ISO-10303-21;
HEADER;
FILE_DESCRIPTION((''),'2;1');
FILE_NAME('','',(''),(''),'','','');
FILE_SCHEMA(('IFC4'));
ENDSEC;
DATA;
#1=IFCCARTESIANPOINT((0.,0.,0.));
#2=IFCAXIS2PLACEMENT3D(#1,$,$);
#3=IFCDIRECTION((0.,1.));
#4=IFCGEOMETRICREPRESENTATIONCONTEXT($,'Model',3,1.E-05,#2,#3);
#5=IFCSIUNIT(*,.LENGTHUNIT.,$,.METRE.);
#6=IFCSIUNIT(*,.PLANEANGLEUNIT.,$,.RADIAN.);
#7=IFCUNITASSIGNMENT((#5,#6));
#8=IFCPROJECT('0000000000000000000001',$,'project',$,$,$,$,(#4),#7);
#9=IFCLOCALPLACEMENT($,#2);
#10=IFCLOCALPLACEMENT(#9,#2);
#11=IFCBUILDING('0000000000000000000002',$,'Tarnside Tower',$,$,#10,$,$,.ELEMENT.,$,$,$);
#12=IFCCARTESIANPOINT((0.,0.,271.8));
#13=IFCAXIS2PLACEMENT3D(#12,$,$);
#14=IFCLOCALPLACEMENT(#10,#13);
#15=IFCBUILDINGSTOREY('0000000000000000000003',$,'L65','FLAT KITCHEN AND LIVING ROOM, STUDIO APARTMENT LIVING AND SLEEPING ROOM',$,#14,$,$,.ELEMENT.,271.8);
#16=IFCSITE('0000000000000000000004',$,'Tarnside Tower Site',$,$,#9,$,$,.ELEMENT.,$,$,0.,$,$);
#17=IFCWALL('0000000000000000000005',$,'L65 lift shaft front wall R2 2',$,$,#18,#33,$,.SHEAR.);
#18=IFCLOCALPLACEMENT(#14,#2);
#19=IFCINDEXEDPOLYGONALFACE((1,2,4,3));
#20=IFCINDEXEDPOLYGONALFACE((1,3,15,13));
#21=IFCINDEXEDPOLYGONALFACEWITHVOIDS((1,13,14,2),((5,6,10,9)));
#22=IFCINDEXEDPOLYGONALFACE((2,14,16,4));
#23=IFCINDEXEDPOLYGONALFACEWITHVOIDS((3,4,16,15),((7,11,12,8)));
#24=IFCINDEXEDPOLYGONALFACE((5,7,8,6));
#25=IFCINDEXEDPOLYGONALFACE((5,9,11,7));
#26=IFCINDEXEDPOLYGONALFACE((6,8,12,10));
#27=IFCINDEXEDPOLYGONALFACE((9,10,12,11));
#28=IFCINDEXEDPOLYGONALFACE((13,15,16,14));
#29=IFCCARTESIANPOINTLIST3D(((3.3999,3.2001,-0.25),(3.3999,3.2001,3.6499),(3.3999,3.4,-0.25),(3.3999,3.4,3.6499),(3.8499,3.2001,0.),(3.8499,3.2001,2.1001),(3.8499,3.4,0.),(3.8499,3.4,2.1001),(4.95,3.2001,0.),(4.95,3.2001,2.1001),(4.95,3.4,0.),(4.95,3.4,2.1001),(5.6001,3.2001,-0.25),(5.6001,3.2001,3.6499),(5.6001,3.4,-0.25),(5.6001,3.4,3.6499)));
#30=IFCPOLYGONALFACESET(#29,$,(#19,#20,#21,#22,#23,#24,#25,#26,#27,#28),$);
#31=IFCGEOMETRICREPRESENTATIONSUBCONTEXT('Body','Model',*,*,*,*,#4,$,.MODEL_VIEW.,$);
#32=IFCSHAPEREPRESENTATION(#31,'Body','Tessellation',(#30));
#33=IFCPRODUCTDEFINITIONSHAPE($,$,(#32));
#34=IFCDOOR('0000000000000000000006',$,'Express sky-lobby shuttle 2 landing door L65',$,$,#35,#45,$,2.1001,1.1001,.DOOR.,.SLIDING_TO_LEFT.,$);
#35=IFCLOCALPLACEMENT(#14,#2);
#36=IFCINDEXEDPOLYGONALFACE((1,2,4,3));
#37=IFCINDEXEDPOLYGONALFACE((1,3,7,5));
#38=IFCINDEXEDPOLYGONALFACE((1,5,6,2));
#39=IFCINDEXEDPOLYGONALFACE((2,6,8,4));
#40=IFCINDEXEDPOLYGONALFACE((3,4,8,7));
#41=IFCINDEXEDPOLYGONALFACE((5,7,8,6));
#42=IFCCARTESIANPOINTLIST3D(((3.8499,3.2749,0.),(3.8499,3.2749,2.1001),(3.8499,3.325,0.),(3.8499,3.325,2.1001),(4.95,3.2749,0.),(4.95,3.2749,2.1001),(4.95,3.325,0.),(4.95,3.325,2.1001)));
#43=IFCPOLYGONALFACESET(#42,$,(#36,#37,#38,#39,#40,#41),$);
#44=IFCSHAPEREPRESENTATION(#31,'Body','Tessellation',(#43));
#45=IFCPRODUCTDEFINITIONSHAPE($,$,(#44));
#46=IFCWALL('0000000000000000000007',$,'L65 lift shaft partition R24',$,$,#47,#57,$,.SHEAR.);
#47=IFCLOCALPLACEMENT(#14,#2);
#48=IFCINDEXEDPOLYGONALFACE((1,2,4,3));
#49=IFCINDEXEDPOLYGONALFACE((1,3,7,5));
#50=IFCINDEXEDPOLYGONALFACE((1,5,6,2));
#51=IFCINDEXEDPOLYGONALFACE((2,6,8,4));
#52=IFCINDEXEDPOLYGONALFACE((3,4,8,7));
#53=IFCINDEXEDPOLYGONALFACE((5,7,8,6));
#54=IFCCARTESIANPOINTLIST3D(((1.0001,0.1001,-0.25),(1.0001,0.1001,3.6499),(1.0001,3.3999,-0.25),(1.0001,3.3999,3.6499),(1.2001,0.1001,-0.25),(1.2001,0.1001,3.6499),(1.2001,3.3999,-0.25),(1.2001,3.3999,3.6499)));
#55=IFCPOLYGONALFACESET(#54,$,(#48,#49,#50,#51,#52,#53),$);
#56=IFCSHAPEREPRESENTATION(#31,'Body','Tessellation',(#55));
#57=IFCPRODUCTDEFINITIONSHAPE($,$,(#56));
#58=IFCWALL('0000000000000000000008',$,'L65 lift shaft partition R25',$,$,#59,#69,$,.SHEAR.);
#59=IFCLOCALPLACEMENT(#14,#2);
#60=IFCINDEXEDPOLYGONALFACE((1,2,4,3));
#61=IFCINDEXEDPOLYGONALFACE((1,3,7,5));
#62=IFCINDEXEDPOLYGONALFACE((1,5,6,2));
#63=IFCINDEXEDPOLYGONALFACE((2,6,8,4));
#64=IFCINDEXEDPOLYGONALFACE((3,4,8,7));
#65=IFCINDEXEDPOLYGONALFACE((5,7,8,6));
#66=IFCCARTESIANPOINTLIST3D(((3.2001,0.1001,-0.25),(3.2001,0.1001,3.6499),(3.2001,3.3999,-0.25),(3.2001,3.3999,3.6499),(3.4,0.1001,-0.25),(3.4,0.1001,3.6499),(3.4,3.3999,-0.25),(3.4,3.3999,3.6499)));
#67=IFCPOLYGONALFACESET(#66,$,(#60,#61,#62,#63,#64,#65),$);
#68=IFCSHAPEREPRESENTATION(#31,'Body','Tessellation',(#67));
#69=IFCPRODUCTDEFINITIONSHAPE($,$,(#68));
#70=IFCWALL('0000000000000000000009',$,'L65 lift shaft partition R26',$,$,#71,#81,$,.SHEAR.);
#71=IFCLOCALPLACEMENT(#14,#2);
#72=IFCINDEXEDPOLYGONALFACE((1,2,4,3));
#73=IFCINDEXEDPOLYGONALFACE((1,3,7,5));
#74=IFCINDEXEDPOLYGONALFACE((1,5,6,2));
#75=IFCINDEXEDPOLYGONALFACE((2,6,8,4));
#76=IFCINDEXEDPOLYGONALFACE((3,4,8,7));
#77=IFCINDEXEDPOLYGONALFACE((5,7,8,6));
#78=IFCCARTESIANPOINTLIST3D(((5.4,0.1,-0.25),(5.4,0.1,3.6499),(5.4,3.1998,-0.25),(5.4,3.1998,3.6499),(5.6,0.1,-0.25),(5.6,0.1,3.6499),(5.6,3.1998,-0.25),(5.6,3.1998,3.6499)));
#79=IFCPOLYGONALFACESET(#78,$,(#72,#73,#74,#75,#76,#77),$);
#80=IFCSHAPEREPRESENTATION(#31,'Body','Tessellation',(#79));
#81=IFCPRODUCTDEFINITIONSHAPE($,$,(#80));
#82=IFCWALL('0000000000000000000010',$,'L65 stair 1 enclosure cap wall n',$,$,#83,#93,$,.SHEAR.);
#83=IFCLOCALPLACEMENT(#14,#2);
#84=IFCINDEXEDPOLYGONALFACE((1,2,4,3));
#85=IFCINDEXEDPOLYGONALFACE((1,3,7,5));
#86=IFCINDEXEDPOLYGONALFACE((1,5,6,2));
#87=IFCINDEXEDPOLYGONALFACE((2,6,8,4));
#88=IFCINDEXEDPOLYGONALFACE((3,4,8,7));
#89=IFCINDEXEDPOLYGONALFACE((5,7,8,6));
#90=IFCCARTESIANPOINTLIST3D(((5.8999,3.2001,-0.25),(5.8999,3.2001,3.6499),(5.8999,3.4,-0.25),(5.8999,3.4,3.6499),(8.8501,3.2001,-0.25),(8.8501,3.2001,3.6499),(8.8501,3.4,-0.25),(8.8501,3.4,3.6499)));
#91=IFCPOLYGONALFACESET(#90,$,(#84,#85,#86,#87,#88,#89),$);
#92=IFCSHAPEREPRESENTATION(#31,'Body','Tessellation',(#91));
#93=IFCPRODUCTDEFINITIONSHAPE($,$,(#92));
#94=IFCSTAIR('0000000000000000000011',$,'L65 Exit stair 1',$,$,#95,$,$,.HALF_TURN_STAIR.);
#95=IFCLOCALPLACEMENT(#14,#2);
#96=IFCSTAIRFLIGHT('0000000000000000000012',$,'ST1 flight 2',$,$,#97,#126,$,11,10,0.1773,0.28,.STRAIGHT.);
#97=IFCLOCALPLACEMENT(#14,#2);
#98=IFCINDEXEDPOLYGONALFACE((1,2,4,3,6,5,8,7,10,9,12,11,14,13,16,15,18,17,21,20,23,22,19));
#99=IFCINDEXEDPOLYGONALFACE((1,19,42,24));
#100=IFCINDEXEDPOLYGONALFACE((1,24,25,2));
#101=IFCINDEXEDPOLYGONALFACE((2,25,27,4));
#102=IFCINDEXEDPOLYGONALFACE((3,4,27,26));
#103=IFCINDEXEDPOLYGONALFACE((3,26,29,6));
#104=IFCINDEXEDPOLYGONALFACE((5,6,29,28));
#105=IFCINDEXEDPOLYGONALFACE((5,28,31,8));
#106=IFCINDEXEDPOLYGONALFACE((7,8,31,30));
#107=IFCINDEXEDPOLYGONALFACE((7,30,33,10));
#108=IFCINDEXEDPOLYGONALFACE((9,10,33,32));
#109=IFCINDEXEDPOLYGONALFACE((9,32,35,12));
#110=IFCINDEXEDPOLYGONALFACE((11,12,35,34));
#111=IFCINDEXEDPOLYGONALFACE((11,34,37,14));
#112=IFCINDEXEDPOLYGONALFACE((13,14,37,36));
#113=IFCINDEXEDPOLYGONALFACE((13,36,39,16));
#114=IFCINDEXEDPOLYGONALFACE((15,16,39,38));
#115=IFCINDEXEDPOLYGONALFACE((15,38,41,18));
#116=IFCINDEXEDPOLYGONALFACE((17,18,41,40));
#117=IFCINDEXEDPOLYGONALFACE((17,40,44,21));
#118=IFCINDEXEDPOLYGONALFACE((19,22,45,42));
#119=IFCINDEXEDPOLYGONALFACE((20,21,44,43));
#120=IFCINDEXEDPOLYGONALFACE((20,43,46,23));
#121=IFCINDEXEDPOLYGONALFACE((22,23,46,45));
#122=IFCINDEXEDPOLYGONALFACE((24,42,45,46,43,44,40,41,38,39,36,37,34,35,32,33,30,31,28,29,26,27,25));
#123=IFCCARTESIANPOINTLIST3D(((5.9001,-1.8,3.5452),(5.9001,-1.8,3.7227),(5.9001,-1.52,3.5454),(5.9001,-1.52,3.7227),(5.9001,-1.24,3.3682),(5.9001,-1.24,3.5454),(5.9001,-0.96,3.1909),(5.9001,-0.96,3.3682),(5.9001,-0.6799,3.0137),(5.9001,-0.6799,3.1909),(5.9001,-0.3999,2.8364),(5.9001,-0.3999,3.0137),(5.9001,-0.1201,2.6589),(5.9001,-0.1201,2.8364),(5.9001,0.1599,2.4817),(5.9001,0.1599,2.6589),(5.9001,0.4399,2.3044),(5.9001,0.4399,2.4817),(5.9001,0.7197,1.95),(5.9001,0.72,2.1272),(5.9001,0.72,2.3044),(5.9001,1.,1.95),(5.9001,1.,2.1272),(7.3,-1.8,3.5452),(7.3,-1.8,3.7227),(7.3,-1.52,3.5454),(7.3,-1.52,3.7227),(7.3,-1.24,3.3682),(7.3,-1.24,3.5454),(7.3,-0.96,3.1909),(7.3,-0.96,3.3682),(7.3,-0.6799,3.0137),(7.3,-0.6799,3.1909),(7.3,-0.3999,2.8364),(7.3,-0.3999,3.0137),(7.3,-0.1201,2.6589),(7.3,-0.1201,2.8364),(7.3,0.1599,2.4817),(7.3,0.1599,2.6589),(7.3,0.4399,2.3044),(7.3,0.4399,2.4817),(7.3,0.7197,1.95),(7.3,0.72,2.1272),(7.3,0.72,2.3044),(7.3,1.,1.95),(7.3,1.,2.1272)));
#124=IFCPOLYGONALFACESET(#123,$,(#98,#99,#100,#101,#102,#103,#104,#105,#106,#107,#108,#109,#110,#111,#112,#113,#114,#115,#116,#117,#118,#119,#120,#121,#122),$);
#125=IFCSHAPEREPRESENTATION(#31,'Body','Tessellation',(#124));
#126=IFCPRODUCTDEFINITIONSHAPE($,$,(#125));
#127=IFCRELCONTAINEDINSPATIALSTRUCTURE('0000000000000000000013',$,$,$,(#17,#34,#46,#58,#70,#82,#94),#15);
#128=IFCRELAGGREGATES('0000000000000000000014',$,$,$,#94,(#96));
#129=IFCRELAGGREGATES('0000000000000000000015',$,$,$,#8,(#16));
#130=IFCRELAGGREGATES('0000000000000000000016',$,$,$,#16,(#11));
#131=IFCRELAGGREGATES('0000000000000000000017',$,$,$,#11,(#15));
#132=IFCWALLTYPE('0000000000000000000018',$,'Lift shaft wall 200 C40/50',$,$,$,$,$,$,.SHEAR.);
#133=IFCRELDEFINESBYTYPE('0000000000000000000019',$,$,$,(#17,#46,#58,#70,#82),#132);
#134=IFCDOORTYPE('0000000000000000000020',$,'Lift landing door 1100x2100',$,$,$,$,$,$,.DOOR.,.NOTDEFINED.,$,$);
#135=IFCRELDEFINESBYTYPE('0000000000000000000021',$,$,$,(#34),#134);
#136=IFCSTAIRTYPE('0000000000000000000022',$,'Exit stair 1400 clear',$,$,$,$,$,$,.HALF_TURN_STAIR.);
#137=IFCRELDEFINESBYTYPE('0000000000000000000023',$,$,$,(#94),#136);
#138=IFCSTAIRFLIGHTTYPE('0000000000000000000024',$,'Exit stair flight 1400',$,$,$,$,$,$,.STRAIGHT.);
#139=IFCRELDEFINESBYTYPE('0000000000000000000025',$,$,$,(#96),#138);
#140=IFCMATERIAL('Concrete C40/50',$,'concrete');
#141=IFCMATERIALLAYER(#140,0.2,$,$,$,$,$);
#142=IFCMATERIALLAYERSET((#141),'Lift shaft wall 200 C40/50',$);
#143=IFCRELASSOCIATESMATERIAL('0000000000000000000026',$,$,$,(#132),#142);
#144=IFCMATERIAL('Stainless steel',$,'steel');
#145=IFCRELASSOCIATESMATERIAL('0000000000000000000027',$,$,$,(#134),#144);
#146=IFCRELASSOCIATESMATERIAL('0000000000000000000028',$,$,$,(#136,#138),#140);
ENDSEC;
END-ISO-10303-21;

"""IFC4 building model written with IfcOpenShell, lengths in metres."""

from ifc_helpers import new_model, si_unit, direction, frame, frame_2d, origin, place, context, subcontext, project, spatial, polyline, rectangle, outline, extrude, material, layer, layer_set, type_object, element, fill, aggregate, save


model = new_model("IFC4")

# Units and contexts
model_context = context("Model", 3, precision=1e-05, world=origin(), true_north=direction((0.0, 1.0)))
body_context = subcontext(model_context, "Body", "Model", "MODEL_VIEW")
ifc_project = project(units=[si_unit("LENGTHUNIT", "METRE"), si_unit("PLANEANGLEUNIT", "RADIAN")], contexts=[model_context])

# Site, building, storey
site_placement = place(None, origin())
site = spatial("IfcSite", under=ifc_project, at=site_placement, Name="Tarnside Tower Site", CompositionType="ELEMENT", RefElevation=0.0)
building_placement = place(site_placement, origin())
building = spatial("IfcBuilding", under=site, at=building_placement, Name="Tarnside Tower", CompositionType="ELEMENT")
storey_placement = place(building_placement, frame((0.0, 0.0, 271.8)))
storey = spatial("IfcBuildingStorey", under=building, at=storey_placement, Name="L65", Description="FLAT KITCHEN AND LIVING ROOM, STUDIO APARTMENT LIVING AND SLEEPING ROOM", CompositionType="ELEMENT", Elevation=271.8)

# Shared definitions
ifc_material_1 = material(Name="Concrete C40/50", Category="concrete")

# Shared definitions
ifc_layer_1 = layer(ifc_material_1, 0.2)
ifc_layer_set_1 = layer_set([ifc_layer_1], Name="Lift shaft wall 200 C40/50")
wall_type_1 = type_object("IfcWallType", Name="Lift shaft wall 200 C40/50", PredefinedType="SHEAR", material=ifc_layer_set_1)

# Wall, opening, door
wall_1_placement = place(storey_placement, frame((3.3999, 3.3, -0.25), z_axis=(0.0, 0.0, 1.0), x_axis=(1.0, 0.0, 0.0)))
wall_1 = element("IfcWall", 1, at=wall_1_placement, inside=storey, type_object=wall_type_1, Name="L65 lift shaft front wall R2 2", PredefinedType="SHEAR", context=body_context, shape_type="SweptSolid", body=[
    extrude(rectangle(XDim=2.2002, YDim=0.2, at=frame_2d((1.1001, 0.0))), origin(), (0.0, 0.0, 1.0), 3.8999),
])
opening_1_placement = place(wall_1_placement, frame((0.45, 0.0, 0.25)))
opening_1 = element("IfcOpeningElement", 2, at=opening_1_placement, cuts=wall_1, PredefinedType="OPENING", context=body_context, shape_type="SweptSolid", body=[
    extrude(rectangle(XDim=1.1001, YDim=2.1001, at=frame_2d((0.55, 1.05))), frame((0.0, 0.1099, 0.0), z_axis=(0.0, -1.0, 0.0), x_axis=(1.0, 0.0, 0.0)), (0.0, 0.0, 1.0), 0.22),
])
ifc_material_2 = material(Name="Stainless steel", Category="steel")
door_type_1 = type_object("IfcDoorType", Name="Lift landing door 1100x2100", OperationType="NOTDEFINED", PredefinedType="DOOR", material=ifc_material_2)
door_1_placement = place(opening_1_placement, origin())
door_1 = element("IfcDoor", 3, at=door_1_placement, inside=storey, type_object=door_type_1, Name="Express sky-lobby shuttle 2 landing door L65", OperationType="SLIDING_TO_LEFT", OverallHeight=2.1001, OverallWidth=1.1001, PredefinedType="DOOR", context=body_context, shape_type="SweptSolid", body=[
    extrude(rectangle(XDim=1.1001, YDim=2.1001, at=frame_2d((0.55, 1.05))), frame((0.0, 0.0249, 0.0), z_axis=(0.0, -1.0, 0.0), x_axis=(1.0, 0.0, 0.0)), (0.0, 0.0, 1.0), 0.05),
])
fill(opening_1, door_1)

# Walls
for number, where, z_axis, x_axis, name in (
    (4, (1.1001, 0.1001, -0.25), (0.0, 0.0, 1.0), (0.0, 1.0, 0.0), "L65 lift shaft partition R24"),
    (5, (3.3, 0.1001, -0.25), (0.0, 0.0, 1.0), (0.0, 1.0, 0.0), "L65 lift shaft partition R25"),
):
    element("IfcWall", number, at=place(storey_placement, frame(where, z_axis=z_axis, x_axis=x_axis)), inside=storey, type_object=wall_type_1, Name=name, PredefinedType="SHEAR", context=body_context, shape_type="SweptSolid", body=[
        extrude(rectangle(XDim=3.2998, YDim=0.2, at=frame_2d((1.6499, 0.0))), origin(), (0.0, 0.0, 1.0), 3.8999),
    ])
wall_2_placement = place(storey_placement, frame((5.5, 0.1001, -0.25), z_axis=(0.0, 0.0, 1.0), x_axis=(0.0, 1.0, 0.0)))
element("IfcWall", 6, at=wall_2_placement, inside=storey, type_object=wall_type_1, Name="L65 lift shaft partition R26", PredefinedType="SHEAR", context=body_context, shape_type="SweptSolid", body=[
    extrude(rectangle(XDim=3.0999, YDim=0.2, at=frame_2d((1.5498, 0.0))), origin(), (0.0, 0.0, 1.0), 3.8999),
])
wall_3_placement = place(storey_placement, frame((5.8999, 3.3, -0.25), z_axis=(0.0, 0.0, 1.0), x_axis=(1.0, 0.0, 0.0)))
element("IfcWall", 7, at=wall_3_placement, inside=storey, type_object=wall_type_1, Name="L65 stair 1 enclosure cap wall n", PredefinedType="SHEAR", context=body_context, shape_type="SweptSolid", body=[
    extrude(rectangle(XDim=2.9502, YDim=0.2, at=frame_2d((1.4751, 0.0))), origin(), (0.0, 0.0, 1.0), 3.8999),
])

# Stair, stair flight
stair_type = type_object("IfcStairType", Name="Exit stair 1400 clear", PredefinedType="HALF_TURN_STAIR", material=ifc_material_1)
stair_placement = place(storey_placement, origin())
stair = element("IfcStair", 8, at=stair_placement, inside=storey, type_object=stair_type, Name="L65 Exit stair 1", PredefinedType="HALF_TURN_STAIR")
stair_flight_type = type_object("IfcStairFlightType", Name="Exit stair flight 1400", PredefinedType="STRAIGHT", material=ifc_material_1)
stair_flight_placement = place(storey_placement, frame((6.6001, 1.0, 1.95), z_axis=(0.0, 0.0, 1.0), x_axis=(0.0, -1.0, 0.0)))
stair_flight = element("IfcStairFlight", 9, at=stair_flight_placement, type_object=stair_flight_type, Name="ST1 flight 2", NumberOfRisers=11, NumberOfTreads=10, PredefinedType="STRAIGHT", RiserHeight=0.1773, TreadLength=0.28, context=body_context, shape_type="SweptSolid", body=[
    extrude(outline(polyline([(0.0, 0.0), (0.0, 0.1772), (0.28, 0.1772), (0.28, 0.3545), (0.5601, 0.3545), (0.5601, 0.5317), (0.8401, 0.5317), (0.8401, 0.709), (1.1201, 0.709), (1.1201, 0.8865), (1.3999, 0.8865), (1.3999, 1.0637), (1.6799, 1.0637), (1.6799, 1.241), (1.96, 1.241), (1.96, 1.4182), (2.24, 1.4182), (2.24, 1.5955), (2.52, 1.5955), (2.52, 1.7727), (2.8, 1.7727), (2.8, 1.95), (2.8, 1.5952), (0.2803, 0.0), (0.0, 0.0)])), frame((0.0, 0.7, 0.0), z_axis=(0.0, -1.0, 0.0), x_axis=(1.0, 0.0, 0.0)), (0.0, 0.0, 1.0), 1.3999),
])
aggregate(stair, [stair_flight])

save(model, "model.ifc")
